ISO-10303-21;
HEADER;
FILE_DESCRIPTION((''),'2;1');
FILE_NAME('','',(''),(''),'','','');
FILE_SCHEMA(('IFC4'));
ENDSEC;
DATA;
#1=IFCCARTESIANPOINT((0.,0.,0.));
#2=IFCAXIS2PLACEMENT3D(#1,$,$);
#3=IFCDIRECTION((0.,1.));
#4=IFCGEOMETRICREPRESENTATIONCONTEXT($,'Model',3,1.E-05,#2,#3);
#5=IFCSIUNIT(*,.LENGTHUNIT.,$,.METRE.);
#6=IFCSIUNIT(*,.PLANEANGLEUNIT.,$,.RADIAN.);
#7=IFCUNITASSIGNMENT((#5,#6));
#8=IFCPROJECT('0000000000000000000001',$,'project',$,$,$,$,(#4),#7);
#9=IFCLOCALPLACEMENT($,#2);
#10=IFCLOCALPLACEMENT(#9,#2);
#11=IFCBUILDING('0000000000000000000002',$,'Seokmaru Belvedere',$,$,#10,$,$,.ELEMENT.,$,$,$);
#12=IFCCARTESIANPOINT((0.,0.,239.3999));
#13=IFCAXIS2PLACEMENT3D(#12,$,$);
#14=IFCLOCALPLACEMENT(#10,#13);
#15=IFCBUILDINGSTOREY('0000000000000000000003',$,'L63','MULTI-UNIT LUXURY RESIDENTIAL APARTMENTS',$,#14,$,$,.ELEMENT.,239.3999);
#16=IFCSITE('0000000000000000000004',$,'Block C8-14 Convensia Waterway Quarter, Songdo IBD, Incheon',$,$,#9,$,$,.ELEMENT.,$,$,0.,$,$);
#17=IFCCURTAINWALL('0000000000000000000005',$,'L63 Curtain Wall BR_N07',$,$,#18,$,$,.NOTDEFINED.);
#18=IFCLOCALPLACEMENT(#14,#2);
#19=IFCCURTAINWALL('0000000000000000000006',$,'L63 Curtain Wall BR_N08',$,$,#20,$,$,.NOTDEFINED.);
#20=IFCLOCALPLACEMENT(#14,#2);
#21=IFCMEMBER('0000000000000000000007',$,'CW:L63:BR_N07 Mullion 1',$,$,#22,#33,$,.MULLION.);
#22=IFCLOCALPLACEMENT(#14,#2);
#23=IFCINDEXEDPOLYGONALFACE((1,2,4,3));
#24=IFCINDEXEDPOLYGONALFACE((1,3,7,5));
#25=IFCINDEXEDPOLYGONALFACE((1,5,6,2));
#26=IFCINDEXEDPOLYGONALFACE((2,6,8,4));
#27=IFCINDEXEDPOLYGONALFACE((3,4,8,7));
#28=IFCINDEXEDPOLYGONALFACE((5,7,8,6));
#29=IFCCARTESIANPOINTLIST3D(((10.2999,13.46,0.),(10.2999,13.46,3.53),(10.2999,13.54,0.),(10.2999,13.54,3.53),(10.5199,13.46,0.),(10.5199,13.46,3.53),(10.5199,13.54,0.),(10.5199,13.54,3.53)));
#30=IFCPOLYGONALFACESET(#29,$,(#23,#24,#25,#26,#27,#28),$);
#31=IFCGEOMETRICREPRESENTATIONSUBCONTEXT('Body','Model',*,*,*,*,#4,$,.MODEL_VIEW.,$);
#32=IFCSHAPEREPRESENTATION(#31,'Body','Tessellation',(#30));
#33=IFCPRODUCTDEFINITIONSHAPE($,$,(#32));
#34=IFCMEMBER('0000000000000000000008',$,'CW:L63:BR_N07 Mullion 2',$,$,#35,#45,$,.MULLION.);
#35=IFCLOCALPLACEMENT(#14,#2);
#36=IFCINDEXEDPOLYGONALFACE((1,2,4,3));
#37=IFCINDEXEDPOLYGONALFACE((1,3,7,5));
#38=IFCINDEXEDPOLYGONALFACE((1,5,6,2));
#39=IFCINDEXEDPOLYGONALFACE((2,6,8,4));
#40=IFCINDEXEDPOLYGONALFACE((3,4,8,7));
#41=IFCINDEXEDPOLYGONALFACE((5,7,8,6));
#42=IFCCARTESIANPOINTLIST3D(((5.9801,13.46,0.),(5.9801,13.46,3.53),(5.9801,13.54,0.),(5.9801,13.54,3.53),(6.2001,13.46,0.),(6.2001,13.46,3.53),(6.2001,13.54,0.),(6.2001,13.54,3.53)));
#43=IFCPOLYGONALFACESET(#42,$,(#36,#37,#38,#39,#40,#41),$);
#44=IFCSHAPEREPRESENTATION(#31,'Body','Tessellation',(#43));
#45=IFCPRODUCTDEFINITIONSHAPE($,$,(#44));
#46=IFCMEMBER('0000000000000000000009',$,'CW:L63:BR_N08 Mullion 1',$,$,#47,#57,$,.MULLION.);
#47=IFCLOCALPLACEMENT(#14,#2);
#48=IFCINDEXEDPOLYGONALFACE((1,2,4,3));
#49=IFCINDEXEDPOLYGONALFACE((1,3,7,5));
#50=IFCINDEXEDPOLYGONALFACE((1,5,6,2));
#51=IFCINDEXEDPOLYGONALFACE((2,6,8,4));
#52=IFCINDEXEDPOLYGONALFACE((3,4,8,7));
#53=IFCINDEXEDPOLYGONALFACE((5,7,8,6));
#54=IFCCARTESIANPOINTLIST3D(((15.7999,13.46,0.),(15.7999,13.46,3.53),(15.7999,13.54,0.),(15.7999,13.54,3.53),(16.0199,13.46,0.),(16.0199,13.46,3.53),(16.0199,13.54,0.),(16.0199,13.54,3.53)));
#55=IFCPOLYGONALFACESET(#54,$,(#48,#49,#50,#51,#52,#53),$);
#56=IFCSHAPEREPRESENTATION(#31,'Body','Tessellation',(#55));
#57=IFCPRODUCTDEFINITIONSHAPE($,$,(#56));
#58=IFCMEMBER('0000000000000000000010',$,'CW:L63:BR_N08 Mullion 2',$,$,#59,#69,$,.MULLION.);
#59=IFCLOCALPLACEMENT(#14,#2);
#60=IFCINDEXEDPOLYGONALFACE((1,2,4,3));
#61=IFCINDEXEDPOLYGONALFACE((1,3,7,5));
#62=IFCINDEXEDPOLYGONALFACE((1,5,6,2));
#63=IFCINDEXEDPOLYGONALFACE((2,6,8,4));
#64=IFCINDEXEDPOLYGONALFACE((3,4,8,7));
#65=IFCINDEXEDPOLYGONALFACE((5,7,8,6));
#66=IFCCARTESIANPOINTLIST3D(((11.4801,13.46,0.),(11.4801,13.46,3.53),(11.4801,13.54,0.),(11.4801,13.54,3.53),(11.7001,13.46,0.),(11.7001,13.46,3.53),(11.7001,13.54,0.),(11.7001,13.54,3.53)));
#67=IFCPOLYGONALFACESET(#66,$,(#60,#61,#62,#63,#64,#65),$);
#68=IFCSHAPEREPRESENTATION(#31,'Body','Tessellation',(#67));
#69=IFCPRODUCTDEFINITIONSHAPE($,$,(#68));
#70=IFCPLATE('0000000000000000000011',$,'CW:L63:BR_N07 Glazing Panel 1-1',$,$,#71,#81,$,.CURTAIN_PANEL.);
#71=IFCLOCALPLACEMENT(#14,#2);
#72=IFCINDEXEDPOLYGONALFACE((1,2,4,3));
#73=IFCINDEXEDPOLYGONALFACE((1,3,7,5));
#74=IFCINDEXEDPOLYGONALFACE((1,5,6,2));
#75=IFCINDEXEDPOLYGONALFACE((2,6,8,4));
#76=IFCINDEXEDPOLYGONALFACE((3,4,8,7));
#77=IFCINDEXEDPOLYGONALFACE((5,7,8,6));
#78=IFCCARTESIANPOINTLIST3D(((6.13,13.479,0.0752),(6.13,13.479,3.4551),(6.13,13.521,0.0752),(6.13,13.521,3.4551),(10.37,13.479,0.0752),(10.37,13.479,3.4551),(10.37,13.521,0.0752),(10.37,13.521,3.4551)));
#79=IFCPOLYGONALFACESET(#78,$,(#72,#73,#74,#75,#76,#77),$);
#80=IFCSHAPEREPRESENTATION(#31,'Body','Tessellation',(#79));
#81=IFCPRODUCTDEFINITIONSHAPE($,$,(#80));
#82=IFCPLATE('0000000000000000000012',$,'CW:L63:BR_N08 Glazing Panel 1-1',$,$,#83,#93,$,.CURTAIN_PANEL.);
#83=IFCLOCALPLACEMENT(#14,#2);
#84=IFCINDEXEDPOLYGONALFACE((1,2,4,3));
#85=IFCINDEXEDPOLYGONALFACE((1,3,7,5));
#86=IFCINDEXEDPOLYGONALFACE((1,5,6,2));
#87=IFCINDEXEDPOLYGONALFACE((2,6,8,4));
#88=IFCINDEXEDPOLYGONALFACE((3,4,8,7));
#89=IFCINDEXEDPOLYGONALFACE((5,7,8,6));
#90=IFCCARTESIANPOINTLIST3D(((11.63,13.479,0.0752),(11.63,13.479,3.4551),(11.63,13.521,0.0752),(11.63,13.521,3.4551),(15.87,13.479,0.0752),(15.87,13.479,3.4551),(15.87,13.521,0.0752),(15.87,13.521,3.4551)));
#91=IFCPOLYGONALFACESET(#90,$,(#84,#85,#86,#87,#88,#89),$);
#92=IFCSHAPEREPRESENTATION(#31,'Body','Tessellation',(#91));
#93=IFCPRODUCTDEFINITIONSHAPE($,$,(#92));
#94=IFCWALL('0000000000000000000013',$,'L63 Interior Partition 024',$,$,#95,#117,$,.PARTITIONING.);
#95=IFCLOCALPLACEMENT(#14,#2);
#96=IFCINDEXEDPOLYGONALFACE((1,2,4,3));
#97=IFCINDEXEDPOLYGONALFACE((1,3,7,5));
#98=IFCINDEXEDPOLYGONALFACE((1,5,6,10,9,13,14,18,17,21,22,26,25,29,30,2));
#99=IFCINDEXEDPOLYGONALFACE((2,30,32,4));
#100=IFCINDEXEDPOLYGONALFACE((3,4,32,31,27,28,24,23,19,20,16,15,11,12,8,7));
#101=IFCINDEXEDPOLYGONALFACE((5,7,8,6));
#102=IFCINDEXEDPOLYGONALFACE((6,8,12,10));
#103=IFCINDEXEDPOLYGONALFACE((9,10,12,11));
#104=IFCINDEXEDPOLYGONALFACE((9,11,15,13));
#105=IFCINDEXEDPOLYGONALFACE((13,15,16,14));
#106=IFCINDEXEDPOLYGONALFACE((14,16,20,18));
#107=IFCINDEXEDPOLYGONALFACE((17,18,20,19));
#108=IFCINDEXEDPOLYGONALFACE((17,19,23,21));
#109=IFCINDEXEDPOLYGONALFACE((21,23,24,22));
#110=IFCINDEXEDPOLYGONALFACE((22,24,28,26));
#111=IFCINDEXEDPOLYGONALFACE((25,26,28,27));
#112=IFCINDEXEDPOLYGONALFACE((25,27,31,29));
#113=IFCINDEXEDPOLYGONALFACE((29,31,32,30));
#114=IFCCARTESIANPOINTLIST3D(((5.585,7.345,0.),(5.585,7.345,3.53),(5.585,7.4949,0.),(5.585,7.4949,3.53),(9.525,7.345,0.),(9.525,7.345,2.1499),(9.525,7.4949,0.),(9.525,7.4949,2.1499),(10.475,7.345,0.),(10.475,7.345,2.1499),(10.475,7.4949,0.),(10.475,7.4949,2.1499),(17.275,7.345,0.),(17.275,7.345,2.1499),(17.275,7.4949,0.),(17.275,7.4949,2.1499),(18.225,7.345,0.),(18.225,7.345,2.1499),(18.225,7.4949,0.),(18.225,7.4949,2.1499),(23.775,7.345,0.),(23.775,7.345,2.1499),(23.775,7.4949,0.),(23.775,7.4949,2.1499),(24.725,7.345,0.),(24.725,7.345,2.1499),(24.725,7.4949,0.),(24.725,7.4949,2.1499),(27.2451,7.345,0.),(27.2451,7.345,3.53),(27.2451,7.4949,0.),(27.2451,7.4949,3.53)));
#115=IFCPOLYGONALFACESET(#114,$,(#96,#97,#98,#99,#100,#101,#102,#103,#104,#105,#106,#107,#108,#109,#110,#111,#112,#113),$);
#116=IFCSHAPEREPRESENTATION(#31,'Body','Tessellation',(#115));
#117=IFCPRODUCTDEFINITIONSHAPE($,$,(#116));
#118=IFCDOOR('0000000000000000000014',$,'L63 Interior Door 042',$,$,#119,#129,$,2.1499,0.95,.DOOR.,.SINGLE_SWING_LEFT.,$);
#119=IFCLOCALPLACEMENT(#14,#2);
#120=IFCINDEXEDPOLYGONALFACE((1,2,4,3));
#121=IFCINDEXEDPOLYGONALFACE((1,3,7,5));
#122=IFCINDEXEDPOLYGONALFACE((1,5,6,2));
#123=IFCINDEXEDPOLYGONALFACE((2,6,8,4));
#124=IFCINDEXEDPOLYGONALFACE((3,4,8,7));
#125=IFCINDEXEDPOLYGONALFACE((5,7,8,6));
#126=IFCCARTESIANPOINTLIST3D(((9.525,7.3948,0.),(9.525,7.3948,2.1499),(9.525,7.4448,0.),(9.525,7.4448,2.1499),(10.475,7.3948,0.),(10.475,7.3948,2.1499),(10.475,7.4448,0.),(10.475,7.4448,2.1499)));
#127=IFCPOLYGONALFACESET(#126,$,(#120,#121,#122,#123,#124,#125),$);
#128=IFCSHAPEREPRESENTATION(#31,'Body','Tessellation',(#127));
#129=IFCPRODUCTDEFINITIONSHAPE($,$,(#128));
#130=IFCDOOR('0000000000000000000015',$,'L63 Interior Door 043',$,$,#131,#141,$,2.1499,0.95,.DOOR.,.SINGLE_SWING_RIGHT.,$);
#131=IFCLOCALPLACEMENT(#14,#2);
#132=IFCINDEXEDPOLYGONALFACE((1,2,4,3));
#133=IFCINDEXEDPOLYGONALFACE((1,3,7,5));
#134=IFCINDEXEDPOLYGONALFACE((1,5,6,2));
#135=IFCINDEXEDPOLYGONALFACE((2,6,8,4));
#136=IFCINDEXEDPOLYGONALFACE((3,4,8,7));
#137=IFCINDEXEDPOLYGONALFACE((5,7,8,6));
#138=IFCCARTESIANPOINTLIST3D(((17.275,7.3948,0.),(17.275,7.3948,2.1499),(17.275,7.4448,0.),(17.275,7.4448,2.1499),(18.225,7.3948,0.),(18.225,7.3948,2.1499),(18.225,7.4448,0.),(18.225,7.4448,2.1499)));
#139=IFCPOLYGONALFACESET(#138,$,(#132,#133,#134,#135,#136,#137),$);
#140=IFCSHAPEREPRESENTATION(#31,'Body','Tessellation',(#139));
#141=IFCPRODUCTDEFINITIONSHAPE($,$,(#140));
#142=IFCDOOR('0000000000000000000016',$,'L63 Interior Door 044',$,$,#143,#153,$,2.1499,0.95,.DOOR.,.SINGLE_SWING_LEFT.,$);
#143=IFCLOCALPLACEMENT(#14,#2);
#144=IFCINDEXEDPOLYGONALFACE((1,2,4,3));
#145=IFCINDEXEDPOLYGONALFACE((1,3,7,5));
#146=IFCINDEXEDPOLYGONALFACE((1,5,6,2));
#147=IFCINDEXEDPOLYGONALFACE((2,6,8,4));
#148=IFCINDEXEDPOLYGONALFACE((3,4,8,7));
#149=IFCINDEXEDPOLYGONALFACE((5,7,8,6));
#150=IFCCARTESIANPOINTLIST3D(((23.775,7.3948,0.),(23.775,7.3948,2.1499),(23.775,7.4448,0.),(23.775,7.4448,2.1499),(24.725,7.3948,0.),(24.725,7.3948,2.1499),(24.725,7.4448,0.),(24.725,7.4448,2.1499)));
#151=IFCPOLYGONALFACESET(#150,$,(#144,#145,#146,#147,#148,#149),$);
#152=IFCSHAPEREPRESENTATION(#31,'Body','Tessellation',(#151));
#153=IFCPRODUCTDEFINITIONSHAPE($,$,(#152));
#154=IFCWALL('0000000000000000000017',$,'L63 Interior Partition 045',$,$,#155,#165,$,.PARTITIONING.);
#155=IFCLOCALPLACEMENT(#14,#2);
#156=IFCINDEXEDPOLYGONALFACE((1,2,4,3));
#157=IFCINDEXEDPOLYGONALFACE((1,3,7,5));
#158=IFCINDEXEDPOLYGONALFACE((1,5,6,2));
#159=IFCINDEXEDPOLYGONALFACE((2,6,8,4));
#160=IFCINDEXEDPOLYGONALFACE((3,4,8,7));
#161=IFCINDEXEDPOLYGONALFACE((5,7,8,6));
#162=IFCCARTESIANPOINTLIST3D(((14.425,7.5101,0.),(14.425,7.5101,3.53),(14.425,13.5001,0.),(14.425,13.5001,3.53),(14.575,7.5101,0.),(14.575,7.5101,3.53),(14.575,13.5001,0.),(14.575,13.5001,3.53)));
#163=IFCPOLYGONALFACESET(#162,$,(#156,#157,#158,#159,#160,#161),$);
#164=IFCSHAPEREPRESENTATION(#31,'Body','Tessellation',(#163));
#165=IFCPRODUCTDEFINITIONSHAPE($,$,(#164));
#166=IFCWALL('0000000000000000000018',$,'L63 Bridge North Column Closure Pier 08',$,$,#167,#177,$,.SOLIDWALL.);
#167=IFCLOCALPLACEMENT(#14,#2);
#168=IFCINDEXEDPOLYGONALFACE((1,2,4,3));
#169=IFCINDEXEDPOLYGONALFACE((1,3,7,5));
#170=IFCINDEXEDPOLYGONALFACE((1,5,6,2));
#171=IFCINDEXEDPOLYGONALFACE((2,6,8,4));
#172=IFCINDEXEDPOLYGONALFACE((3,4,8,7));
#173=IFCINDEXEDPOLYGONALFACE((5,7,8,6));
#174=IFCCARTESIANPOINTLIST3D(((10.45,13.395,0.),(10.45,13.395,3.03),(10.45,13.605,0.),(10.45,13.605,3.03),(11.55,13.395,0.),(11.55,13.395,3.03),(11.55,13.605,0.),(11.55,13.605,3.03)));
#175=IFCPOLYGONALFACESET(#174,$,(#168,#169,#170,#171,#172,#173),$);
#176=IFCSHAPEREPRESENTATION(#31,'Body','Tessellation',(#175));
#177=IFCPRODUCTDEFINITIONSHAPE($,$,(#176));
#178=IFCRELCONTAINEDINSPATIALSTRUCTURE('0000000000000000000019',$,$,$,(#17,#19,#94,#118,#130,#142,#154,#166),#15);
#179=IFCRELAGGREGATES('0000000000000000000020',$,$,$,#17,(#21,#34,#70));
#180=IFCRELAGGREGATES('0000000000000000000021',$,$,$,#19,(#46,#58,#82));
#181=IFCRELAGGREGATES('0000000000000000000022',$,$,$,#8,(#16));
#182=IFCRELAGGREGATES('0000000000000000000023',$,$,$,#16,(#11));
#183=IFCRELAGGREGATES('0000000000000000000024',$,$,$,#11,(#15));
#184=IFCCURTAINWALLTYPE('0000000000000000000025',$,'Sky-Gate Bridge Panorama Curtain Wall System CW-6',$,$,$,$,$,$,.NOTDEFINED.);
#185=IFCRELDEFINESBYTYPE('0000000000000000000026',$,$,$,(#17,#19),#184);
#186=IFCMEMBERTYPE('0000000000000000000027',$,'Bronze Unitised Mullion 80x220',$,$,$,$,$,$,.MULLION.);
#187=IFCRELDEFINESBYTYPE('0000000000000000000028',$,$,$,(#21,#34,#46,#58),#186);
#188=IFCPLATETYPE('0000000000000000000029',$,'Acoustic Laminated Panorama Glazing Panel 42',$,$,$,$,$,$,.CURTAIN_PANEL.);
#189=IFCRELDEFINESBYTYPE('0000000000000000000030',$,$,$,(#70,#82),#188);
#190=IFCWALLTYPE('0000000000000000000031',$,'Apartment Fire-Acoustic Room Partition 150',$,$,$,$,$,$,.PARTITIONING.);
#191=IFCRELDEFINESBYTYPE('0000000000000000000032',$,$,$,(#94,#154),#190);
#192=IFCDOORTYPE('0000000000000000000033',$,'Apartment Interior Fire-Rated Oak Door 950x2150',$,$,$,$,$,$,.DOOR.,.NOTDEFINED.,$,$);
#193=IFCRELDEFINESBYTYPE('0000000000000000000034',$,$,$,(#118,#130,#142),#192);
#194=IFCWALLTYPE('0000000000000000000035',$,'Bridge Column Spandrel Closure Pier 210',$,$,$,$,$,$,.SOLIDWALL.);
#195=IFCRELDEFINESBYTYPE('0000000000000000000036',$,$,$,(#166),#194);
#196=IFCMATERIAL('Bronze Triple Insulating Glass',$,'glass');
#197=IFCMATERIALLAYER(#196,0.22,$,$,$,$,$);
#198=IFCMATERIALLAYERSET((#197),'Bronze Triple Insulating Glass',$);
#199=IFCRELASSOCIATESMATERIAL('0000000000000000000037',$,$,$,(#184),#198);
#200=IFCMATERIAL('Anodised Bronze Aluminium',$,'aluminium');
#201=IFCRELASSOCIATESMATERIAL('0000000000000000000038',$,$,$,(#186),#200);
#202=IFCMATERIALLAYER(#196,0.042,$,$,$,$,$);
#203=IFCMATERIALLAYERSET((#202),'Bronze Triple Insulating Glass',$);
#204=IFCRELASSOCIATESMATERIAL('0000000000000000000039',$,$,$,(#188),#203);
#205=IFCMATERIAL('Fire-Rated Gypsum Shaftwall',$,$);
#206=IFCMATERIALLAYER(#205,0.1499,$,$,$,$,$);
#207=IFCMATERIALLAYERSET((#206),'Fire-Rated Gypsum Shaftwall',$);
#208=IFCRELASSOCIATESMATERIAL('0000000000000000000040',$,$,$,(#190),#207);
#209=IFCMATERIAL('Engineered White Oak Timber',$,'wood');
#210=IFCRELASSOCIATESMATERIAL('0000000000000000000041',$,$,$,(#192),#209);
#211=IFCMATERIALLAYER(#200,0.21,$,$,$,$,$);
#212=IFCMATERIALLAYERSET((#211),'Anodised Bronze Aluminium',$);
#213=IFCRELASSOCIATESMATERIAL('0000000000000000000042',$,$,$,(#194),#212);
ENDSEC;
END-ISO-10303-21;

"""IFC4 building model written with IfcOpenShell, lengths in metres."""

from ifc_helpers import new_model, si_unit, direction, frame, frame_2d, origin, origin_2d, place, context, subcontext, project, spatial, rectangle, extrude, source, transform, mapped, material, layer, layer_set, material_profile, profile_set, type_object, type_shapes, element, fill, aggregate, save


model = new_model("IFC4")

# Units and contexts
model_context = context("Model", 3, precision=1e-05, world=origin(), true_north=direction((0.0, 1.0)))
body_context = subcontext(model_context, "Body", "Model", "MODEL_VIEW")
ifc_project = project(units=[si_unit("LENGTHUNIT", "METRE"), si_unit("PLANEANGLEUNIT", "RADIAN")], contexts=[model_context])

# Site, building, storey
site_placement = place(None, origin())
site = spatial("IfcSite", under=ifc_project, at=site_placement, Name="Block C8-14 Convensia Waterway Quarter, Songdo IBD, Incheon", CompositionType="ELEMENT", RefElevation=0.0)
building_placement = place(site_placement, origin())
building = spatial("IfcBuilding", under=site, at=building_placement, Name="Seokmaru Belvedere", CompositionType="ELEMENT")
storey_placement = place(building_placement, frame((0.0, 0.0, 239.3999)))
storey = spatial("IfcBuildingStorey", under=building, at=storey_placement, Name="L63", Description="MULTI-UNIT LUXURY RESIDENTIAL APARTMENTS", CompositionType="ELEMENT", Elevation=239.3999)

# Curtain walls
ifc_material_1 = material(Name="Bronze Triple Insulating Glass", Category="glass")
ifc_layer_1 = layer(ifc_material_1, 0.22)
ifc_layer_set_1 = layer_set([ifc_layer_1], Name="Bronze Triple Insulating Glass")
curtain_wall_type = type_object("IfcCurtainWallType", Name="Sky-Gate Bridge Panorama Curtain Wall System CW-6", PredefinedType="NOTDEFINED", material=ifc_layer_set_1)
curtain_wall_1_placement = place(storey_placement, origin())
curtain_wall_1 = element("IfcCurtainWall", 1, at=curtain_wall_1_placement, inside=storey, type_object=curtain_wall_type, Name="L63 Curtain Wall BR_N07", PredefinedType="NOTDEFINED")
ifc_material_2 = material(Name="Anodised Bronze Aluminium", Category="aluminium")
curtain_wall_2_placement = place(storey_placement, origin())
curtain_wall_2 = element("IfcCurtainWall", 2, at=curtain_wall_2_placement, inside=storey, type_object=curtain_wall_type, Name="L63 Curtain Wall BR_N08", PredefinedType="NOTDEFINED")

# Members
ifc_material_profile_1 = material_profile(ifc_material_2, rectangle(XDim=0.0801, YDim=0.22, at=origin_2d()), Name="CW-M-80x220")
ifc_profile_set_1 = profile_set([ifc_material_profile_1], Name="Anodised Bronze Aluminium")
member_type_1 = type_object("IfcMemberType", Name="Bronze Unitised Mullion 80x220", PredefinedType="MULLION", material=ifc_profile_set_1)
shared_shape_1 = source(origin(), body_context, "Body", "SweptSolid", [
    extrude(rectangle(XDim=0.0801, YDim=0.22, at=origin_2d()), origin(), (0.0, 0.0, 1.0), 3.53),
])
type_shapes(member_type_1, [shared_shape_1])
member_1_placement = place(storey_placement, frame((10.4099, 13.5, 0.0), z_axis=(0.0, 0.0, 1.0), x_axis=(0.0, -1.0, 0.0)))
member_1 = element("IfcMember", 3, at=member_1_placement, type_object=member_type_1, Name="CW:L63:BR_N07 Mullion 1", PredefinedType="MULLION", context=body_context, shape_type="MappedRepresentation", body=[
    mapped(shared_shape_1, transform((0.0, 0.0, 0.0), scale=1.0)),
])
member_2_placement = place(storey_placement, frame((6.0901, 13.5, 0.0), z_axis=(0.0, 0.0, 1.0), x_axis=(0.0, -1.0, 0.0)))
member_2 = element("IfcMember", 4, at=member_2_placement, type_object=member_type_1, Name="CW:L63:BR_N07 Mullion 2", PredefinedType="MULLION", context=body_context, shape_type="MappedRepresentation", body=[
    mapped(shared_shape_1, transform((0.0, 0.0, 0.0), scale=1.0)),
])
member_3_placement = place(storey_placement, frame((15.9099, 13.5, 0.0), z_axis=(0.0, 0.0, 1.0), x_axis=(0.0, -1.0, 0.0)))
member_3 = element("IfcMember", 5, at=member_3_placement, type_object=member_type_1, Name="CW:L63:BR_N08 Mullion 1", PredefinedType="MULLION", context=body_context, shape_type="MappedRepresentation", body=[
    mapped(shared_shape_1, transform((0.0, 0.0, 0.0), scale=1.0)),
])
member_4_placement = place(storey_placement, frame((11.5901, 13.5, 0.0), z_axis=(0.0, 0.0, 1.0), x_axis=(0.0, -1.0, 0.0)))
member_4 = element("IfcMember", 6, at=member_4_placement, type_object=member_type_1, Name="CW:L63:BR_N08 Mullion 2", PredefinedType="MULLION", context=body_context, shape_type="MappedRepresentation", body=[
    mapped(shared_shape_1, transform((0.0, 0.0, 0.0), scale=1.0)),
])

# Plates
ifc_layer_2 = layer(ifc_material_1, 0.042)
ifc_layer_set_2 = layer_set([ifc_layer_2], Name="Bronze Triple Insulating Glass")
plate_type = type_object("IfcPlateType", Name="Acoustic Laminated Panorama Glazing Panel 42", PredefinedType="CURTAIN_PANEL", material=ifc_layer_set_2)
shared_shape_2 = source(origin(), body_context, "Body", "SweptSolid", [
    extrude(rectangle(XDim=4.24, YDim=0.042, at=origin_2d()), origin(), (0.0, 0.0, 1.0), 3.3799),
])
type_shapes(plate_type, [shared_shape_2])
plate_1_placement = place(storey_placement, frame((8.25, 13.5, 0.0752), z_axis=(0.0, 0.0, 1.0), x_axis=(-1.0, 0.0, 0.0)))
plate_1 = element("IfcPlate", 7, at=plate_1_placement, type_object=plate_type, Name="CW:L63:BR_N07 Glazing Panel 1-1", PredefinedType="CURTAIN_PANEL", context=body_context, shape_type="MappedRepresentation", body=[
    mapped(shared_shape_2, transform((0.0, 0.0, 0.0), scale=1.0)),
])
aggregate(curtain_wall_1, [member_1, member_2, plate_1])
plate_2_placement = place(storey_placement, frame((13.75, 13.5, 0.0752), z_axis=(0.0, 0.0, 1.0), x_axis=(-1.0, 0.0, 0.0)))
plate_2 = element("IfcPlate", 8, at=plate_2_placement, type_object=plate_type, Name="CW:L63:BR_N08 Glazing Panel 1-1", PredefinedType="CURTAIN_PANEL", context=body_context, shape_type="MappedRepresentation", body=[
    mapped(shared_shape_2, transform((0.0, 0.0, 0.0), scale=1.0)),
])
aggregate(curtain_wall_2, [member_3, member_4, plate_2])

# Wall, openings, doors
ifc_material_3 = material(Name="Fire-Rated Gypsum Shaftwall")
ifc_layer_3 = layer(ifc_material_3, 0.1499)
ifc_layer_set_3 = layer_set([ifc_layer_3], Name="Fire-Rated Gypsum Shaftwall")
wall_type_1 = type_object("IfcWallType", Name="Apartment Fire-Acoustic Room Partition 150", PredefinedType="PARTITIONING", material=ifc_layer_set_3)
wall_1_placement = place(storey_placement, frame((5.585, 7.4199, 0.0), z_axis=(0.0, 0.0, 1.0), x_axis=(1.0, 0.0, 0.0)))
wall_1 = element("IfcWall", 9, at=wall_1_placement, inside=storey, type_object=wall_type_1, Name="L63 Interior Partition 024", PredefinedType="PARTITIONING", context=body_context, shape_type="SweptSolid", body=[
    extrude(rectangle(XDim=21.6602, YDim=0.1499, at=frame_2d((10.8301, 0.0))), origin(), (0.0, 0.0, 1.0), 3.53),
])
opening_1_placement = place(wall_1_placement, frame((3.9399, 0.0, 0.0)))
opening_1 = element("IfcOpeningElement", 10, at=opening_1_placement, cuts=wall_1, PredefinedType="OPENING", context=body_context, shape_type="SweptSolid", body=[
    extrude(rectangle(XDim=0.95, YDim=2.1499, at=frame_2d((0.4751, 1.075))), frame((0.0, 0.085, 0.0), z_axis=(0.0, -1.0, 0.0), x_axis=(1.0, 0.0, 0.0)), (0.0, 0.0, 1.0), 0.1699),
])
opening_2_placement = place(wall_1_placement, frame((11.6899, 0.0, 0.0)))
opening_2 = element("IfcOpeningElement", 11, at=opening_2_placement, cuts=wall_1, PredefinedType="OPENING", context=body_context, shape_type="SweptSolid", body=[
    extrude(rectangle(XDim=0.95, YDim=2.1499, at=frame_2d((0.4751, 1.075))), frame((0.0, 0.085, 0.0), z_axis=(0.0, -1.0, 0.0), x_axis=(1.0, 0.0, 0.0)), (0.0, 0.0, 1.0), 0.1699),
])
opening_3_placement = place(wall_1_placement, frame((18.1899, 0.0, 0.0)))
opening_3 = element("IfcOpeningElement", 12, at=opening_3_placement, cuts=wall_1, PredefinedType="OPENING", context=body_context, shape_type="SweptSolid", body=[
    extrude(rectangle(XDim=0.95, YDim=2.1499, at=frame_2d((0.4751, 1.075))), frame((0.0, 0.085, 0.0), z_axis=(0.0, -1.0, 0.0), x_axis=(1.0, 0.0, 0.0)), (0.0, 0.0, 1.0), 0.1699),
])
ifc_material_4 = material(Name="Engineered White Oak Timber", Category="wood")
door_type = type_object("IfcDoorType", Name="Apartment Interior Fire-Rated Oak Door 950x2150", OperationType="NOTDEFINED", PredefinedType="DOOR", material=ifc_material_4)
shared_shape_3 = source(origin(), body_context, "Body", "SweptSolid", [
    extrude(rectangle(XDim=0.95, YDim=2.1499, at=frame_2d((0.4751, 1.075))), frame((0.0, 0.0249, 0.0), z_axis=(0.0, -1.0, 0.0), x_axis=(1.0, 0.0, 0.0)), (0.0, 0.0, 1.0), 0.05),
])
type_shapes(door_type, [shared_shape_3])
door_1_placement = place(opening_1_placement, origin())
door_1 = element("IfcDoor", 13, at=door_1_placement, inside=storey, type_object=door_type, Name="L63 Interior Door 042", OperationType="SINGLE_SWING_LEFT", OverallHeight=2.1499, OverallWidth=0.95, PredefinedType="DOOR", context=body_context, shape_type="MappedRepresentation", body=[
    mapped(shared_shape_3, transform((0.0, 0.0, 0.0), scale=1.0)),
])
fill(opening_1, door_1)
door_2_placement = place(opening_2_placement, origin())
door_2 = element("IfcDoor", 14, at=door_2_placement, inside=storey, type_object=door_type, Name="L63 Interior Door 043", OperationType="SINGLE_SWING_RIGHT", OverallHeight=2.1499, OverallWidth=0.95, PredefinedType="DOOR", context=body_context, shape_type="MappedRepresentation", body=[
    mapped(shared_shape_3, transform((0.0, 0.0, 0.0), scale=1.0)),
])
fill(opening_2, door_2)
door_3_placement = place(opening_3_placement, origin())
door_3 = element("IfcDoor", 15, at=door_3_placement, inside=storey, type_object=door_type, Name="L63 Interior Door 044", OperationType="SINGLE_SWING_LEFT", OverallHeight=2.1499, OverallWidth=0.95, PredefinedType="DOOR", context=body_context, shape_type="MappedRepresentation", body=[
    mapped(shared_shape_3, transform((0.0, 0.0, 0.0), scale=1.0)),
])
fill(opening_3, door_3)

# Walls
wall_2_placement = place(storey_placement, frame((14.5, 7.51, 0.0), z_axis=(0.0, 0.0, 1.0), x_axis=(0.0, 1.0, 0.0)))
element("IfcWall", 16, at=wall_2_placement, inside=storey, type_object=wall_type_1, Name="L63 Interior Partition 045", PredefinedType="PARTITIONING", context=body_context, shape_type="SweptSolid", body=[
    extrude(rectangle(XDim=5.99, YDim=0.1499, at=frame_2d((2.9951, 0.0))), origin(), (0.0, 0.0, 1.0), 3.53),
])
ifc_layer_4 = layer(ifc_material_2, 0.21)
ifc_layer_set_4 = layer_set([ifc_layer_4], Name="Anodised Bronze Aluminium")
wall_type_2 = type_object("IfcWallType", Name="Bridge Column Spandrel Closure Pier 210", PredefinedType="SOLIDWALL", material=ifc_layer_set_4)
for number, where, z_axis, x_axis, name in (
    (17, (10.45, 13.5, 0.0), (0.0, 0.0, 1.0), (1.0, 0.0, 0.0), "L63 Bridge North Column Closure Pier 08"),
):
    element("IfcWall", number, at=place(storey_placement, frame(where, z_axis=z_axis, x_axis=x_axis)), inside=storey, type_object=wall_type_2, Name=name, PredefinedType="SOLIDWALL", context=body_context, shape_type="SweptSolid", body=[
        extrude(rectangle(XDim=1.1001, YDim=0.21, at=frame_2d((0.55, 0.0))), origin(), (0.0, 0.0, 1.0), 3.03),
    ])

save(model, "model.ifc")
